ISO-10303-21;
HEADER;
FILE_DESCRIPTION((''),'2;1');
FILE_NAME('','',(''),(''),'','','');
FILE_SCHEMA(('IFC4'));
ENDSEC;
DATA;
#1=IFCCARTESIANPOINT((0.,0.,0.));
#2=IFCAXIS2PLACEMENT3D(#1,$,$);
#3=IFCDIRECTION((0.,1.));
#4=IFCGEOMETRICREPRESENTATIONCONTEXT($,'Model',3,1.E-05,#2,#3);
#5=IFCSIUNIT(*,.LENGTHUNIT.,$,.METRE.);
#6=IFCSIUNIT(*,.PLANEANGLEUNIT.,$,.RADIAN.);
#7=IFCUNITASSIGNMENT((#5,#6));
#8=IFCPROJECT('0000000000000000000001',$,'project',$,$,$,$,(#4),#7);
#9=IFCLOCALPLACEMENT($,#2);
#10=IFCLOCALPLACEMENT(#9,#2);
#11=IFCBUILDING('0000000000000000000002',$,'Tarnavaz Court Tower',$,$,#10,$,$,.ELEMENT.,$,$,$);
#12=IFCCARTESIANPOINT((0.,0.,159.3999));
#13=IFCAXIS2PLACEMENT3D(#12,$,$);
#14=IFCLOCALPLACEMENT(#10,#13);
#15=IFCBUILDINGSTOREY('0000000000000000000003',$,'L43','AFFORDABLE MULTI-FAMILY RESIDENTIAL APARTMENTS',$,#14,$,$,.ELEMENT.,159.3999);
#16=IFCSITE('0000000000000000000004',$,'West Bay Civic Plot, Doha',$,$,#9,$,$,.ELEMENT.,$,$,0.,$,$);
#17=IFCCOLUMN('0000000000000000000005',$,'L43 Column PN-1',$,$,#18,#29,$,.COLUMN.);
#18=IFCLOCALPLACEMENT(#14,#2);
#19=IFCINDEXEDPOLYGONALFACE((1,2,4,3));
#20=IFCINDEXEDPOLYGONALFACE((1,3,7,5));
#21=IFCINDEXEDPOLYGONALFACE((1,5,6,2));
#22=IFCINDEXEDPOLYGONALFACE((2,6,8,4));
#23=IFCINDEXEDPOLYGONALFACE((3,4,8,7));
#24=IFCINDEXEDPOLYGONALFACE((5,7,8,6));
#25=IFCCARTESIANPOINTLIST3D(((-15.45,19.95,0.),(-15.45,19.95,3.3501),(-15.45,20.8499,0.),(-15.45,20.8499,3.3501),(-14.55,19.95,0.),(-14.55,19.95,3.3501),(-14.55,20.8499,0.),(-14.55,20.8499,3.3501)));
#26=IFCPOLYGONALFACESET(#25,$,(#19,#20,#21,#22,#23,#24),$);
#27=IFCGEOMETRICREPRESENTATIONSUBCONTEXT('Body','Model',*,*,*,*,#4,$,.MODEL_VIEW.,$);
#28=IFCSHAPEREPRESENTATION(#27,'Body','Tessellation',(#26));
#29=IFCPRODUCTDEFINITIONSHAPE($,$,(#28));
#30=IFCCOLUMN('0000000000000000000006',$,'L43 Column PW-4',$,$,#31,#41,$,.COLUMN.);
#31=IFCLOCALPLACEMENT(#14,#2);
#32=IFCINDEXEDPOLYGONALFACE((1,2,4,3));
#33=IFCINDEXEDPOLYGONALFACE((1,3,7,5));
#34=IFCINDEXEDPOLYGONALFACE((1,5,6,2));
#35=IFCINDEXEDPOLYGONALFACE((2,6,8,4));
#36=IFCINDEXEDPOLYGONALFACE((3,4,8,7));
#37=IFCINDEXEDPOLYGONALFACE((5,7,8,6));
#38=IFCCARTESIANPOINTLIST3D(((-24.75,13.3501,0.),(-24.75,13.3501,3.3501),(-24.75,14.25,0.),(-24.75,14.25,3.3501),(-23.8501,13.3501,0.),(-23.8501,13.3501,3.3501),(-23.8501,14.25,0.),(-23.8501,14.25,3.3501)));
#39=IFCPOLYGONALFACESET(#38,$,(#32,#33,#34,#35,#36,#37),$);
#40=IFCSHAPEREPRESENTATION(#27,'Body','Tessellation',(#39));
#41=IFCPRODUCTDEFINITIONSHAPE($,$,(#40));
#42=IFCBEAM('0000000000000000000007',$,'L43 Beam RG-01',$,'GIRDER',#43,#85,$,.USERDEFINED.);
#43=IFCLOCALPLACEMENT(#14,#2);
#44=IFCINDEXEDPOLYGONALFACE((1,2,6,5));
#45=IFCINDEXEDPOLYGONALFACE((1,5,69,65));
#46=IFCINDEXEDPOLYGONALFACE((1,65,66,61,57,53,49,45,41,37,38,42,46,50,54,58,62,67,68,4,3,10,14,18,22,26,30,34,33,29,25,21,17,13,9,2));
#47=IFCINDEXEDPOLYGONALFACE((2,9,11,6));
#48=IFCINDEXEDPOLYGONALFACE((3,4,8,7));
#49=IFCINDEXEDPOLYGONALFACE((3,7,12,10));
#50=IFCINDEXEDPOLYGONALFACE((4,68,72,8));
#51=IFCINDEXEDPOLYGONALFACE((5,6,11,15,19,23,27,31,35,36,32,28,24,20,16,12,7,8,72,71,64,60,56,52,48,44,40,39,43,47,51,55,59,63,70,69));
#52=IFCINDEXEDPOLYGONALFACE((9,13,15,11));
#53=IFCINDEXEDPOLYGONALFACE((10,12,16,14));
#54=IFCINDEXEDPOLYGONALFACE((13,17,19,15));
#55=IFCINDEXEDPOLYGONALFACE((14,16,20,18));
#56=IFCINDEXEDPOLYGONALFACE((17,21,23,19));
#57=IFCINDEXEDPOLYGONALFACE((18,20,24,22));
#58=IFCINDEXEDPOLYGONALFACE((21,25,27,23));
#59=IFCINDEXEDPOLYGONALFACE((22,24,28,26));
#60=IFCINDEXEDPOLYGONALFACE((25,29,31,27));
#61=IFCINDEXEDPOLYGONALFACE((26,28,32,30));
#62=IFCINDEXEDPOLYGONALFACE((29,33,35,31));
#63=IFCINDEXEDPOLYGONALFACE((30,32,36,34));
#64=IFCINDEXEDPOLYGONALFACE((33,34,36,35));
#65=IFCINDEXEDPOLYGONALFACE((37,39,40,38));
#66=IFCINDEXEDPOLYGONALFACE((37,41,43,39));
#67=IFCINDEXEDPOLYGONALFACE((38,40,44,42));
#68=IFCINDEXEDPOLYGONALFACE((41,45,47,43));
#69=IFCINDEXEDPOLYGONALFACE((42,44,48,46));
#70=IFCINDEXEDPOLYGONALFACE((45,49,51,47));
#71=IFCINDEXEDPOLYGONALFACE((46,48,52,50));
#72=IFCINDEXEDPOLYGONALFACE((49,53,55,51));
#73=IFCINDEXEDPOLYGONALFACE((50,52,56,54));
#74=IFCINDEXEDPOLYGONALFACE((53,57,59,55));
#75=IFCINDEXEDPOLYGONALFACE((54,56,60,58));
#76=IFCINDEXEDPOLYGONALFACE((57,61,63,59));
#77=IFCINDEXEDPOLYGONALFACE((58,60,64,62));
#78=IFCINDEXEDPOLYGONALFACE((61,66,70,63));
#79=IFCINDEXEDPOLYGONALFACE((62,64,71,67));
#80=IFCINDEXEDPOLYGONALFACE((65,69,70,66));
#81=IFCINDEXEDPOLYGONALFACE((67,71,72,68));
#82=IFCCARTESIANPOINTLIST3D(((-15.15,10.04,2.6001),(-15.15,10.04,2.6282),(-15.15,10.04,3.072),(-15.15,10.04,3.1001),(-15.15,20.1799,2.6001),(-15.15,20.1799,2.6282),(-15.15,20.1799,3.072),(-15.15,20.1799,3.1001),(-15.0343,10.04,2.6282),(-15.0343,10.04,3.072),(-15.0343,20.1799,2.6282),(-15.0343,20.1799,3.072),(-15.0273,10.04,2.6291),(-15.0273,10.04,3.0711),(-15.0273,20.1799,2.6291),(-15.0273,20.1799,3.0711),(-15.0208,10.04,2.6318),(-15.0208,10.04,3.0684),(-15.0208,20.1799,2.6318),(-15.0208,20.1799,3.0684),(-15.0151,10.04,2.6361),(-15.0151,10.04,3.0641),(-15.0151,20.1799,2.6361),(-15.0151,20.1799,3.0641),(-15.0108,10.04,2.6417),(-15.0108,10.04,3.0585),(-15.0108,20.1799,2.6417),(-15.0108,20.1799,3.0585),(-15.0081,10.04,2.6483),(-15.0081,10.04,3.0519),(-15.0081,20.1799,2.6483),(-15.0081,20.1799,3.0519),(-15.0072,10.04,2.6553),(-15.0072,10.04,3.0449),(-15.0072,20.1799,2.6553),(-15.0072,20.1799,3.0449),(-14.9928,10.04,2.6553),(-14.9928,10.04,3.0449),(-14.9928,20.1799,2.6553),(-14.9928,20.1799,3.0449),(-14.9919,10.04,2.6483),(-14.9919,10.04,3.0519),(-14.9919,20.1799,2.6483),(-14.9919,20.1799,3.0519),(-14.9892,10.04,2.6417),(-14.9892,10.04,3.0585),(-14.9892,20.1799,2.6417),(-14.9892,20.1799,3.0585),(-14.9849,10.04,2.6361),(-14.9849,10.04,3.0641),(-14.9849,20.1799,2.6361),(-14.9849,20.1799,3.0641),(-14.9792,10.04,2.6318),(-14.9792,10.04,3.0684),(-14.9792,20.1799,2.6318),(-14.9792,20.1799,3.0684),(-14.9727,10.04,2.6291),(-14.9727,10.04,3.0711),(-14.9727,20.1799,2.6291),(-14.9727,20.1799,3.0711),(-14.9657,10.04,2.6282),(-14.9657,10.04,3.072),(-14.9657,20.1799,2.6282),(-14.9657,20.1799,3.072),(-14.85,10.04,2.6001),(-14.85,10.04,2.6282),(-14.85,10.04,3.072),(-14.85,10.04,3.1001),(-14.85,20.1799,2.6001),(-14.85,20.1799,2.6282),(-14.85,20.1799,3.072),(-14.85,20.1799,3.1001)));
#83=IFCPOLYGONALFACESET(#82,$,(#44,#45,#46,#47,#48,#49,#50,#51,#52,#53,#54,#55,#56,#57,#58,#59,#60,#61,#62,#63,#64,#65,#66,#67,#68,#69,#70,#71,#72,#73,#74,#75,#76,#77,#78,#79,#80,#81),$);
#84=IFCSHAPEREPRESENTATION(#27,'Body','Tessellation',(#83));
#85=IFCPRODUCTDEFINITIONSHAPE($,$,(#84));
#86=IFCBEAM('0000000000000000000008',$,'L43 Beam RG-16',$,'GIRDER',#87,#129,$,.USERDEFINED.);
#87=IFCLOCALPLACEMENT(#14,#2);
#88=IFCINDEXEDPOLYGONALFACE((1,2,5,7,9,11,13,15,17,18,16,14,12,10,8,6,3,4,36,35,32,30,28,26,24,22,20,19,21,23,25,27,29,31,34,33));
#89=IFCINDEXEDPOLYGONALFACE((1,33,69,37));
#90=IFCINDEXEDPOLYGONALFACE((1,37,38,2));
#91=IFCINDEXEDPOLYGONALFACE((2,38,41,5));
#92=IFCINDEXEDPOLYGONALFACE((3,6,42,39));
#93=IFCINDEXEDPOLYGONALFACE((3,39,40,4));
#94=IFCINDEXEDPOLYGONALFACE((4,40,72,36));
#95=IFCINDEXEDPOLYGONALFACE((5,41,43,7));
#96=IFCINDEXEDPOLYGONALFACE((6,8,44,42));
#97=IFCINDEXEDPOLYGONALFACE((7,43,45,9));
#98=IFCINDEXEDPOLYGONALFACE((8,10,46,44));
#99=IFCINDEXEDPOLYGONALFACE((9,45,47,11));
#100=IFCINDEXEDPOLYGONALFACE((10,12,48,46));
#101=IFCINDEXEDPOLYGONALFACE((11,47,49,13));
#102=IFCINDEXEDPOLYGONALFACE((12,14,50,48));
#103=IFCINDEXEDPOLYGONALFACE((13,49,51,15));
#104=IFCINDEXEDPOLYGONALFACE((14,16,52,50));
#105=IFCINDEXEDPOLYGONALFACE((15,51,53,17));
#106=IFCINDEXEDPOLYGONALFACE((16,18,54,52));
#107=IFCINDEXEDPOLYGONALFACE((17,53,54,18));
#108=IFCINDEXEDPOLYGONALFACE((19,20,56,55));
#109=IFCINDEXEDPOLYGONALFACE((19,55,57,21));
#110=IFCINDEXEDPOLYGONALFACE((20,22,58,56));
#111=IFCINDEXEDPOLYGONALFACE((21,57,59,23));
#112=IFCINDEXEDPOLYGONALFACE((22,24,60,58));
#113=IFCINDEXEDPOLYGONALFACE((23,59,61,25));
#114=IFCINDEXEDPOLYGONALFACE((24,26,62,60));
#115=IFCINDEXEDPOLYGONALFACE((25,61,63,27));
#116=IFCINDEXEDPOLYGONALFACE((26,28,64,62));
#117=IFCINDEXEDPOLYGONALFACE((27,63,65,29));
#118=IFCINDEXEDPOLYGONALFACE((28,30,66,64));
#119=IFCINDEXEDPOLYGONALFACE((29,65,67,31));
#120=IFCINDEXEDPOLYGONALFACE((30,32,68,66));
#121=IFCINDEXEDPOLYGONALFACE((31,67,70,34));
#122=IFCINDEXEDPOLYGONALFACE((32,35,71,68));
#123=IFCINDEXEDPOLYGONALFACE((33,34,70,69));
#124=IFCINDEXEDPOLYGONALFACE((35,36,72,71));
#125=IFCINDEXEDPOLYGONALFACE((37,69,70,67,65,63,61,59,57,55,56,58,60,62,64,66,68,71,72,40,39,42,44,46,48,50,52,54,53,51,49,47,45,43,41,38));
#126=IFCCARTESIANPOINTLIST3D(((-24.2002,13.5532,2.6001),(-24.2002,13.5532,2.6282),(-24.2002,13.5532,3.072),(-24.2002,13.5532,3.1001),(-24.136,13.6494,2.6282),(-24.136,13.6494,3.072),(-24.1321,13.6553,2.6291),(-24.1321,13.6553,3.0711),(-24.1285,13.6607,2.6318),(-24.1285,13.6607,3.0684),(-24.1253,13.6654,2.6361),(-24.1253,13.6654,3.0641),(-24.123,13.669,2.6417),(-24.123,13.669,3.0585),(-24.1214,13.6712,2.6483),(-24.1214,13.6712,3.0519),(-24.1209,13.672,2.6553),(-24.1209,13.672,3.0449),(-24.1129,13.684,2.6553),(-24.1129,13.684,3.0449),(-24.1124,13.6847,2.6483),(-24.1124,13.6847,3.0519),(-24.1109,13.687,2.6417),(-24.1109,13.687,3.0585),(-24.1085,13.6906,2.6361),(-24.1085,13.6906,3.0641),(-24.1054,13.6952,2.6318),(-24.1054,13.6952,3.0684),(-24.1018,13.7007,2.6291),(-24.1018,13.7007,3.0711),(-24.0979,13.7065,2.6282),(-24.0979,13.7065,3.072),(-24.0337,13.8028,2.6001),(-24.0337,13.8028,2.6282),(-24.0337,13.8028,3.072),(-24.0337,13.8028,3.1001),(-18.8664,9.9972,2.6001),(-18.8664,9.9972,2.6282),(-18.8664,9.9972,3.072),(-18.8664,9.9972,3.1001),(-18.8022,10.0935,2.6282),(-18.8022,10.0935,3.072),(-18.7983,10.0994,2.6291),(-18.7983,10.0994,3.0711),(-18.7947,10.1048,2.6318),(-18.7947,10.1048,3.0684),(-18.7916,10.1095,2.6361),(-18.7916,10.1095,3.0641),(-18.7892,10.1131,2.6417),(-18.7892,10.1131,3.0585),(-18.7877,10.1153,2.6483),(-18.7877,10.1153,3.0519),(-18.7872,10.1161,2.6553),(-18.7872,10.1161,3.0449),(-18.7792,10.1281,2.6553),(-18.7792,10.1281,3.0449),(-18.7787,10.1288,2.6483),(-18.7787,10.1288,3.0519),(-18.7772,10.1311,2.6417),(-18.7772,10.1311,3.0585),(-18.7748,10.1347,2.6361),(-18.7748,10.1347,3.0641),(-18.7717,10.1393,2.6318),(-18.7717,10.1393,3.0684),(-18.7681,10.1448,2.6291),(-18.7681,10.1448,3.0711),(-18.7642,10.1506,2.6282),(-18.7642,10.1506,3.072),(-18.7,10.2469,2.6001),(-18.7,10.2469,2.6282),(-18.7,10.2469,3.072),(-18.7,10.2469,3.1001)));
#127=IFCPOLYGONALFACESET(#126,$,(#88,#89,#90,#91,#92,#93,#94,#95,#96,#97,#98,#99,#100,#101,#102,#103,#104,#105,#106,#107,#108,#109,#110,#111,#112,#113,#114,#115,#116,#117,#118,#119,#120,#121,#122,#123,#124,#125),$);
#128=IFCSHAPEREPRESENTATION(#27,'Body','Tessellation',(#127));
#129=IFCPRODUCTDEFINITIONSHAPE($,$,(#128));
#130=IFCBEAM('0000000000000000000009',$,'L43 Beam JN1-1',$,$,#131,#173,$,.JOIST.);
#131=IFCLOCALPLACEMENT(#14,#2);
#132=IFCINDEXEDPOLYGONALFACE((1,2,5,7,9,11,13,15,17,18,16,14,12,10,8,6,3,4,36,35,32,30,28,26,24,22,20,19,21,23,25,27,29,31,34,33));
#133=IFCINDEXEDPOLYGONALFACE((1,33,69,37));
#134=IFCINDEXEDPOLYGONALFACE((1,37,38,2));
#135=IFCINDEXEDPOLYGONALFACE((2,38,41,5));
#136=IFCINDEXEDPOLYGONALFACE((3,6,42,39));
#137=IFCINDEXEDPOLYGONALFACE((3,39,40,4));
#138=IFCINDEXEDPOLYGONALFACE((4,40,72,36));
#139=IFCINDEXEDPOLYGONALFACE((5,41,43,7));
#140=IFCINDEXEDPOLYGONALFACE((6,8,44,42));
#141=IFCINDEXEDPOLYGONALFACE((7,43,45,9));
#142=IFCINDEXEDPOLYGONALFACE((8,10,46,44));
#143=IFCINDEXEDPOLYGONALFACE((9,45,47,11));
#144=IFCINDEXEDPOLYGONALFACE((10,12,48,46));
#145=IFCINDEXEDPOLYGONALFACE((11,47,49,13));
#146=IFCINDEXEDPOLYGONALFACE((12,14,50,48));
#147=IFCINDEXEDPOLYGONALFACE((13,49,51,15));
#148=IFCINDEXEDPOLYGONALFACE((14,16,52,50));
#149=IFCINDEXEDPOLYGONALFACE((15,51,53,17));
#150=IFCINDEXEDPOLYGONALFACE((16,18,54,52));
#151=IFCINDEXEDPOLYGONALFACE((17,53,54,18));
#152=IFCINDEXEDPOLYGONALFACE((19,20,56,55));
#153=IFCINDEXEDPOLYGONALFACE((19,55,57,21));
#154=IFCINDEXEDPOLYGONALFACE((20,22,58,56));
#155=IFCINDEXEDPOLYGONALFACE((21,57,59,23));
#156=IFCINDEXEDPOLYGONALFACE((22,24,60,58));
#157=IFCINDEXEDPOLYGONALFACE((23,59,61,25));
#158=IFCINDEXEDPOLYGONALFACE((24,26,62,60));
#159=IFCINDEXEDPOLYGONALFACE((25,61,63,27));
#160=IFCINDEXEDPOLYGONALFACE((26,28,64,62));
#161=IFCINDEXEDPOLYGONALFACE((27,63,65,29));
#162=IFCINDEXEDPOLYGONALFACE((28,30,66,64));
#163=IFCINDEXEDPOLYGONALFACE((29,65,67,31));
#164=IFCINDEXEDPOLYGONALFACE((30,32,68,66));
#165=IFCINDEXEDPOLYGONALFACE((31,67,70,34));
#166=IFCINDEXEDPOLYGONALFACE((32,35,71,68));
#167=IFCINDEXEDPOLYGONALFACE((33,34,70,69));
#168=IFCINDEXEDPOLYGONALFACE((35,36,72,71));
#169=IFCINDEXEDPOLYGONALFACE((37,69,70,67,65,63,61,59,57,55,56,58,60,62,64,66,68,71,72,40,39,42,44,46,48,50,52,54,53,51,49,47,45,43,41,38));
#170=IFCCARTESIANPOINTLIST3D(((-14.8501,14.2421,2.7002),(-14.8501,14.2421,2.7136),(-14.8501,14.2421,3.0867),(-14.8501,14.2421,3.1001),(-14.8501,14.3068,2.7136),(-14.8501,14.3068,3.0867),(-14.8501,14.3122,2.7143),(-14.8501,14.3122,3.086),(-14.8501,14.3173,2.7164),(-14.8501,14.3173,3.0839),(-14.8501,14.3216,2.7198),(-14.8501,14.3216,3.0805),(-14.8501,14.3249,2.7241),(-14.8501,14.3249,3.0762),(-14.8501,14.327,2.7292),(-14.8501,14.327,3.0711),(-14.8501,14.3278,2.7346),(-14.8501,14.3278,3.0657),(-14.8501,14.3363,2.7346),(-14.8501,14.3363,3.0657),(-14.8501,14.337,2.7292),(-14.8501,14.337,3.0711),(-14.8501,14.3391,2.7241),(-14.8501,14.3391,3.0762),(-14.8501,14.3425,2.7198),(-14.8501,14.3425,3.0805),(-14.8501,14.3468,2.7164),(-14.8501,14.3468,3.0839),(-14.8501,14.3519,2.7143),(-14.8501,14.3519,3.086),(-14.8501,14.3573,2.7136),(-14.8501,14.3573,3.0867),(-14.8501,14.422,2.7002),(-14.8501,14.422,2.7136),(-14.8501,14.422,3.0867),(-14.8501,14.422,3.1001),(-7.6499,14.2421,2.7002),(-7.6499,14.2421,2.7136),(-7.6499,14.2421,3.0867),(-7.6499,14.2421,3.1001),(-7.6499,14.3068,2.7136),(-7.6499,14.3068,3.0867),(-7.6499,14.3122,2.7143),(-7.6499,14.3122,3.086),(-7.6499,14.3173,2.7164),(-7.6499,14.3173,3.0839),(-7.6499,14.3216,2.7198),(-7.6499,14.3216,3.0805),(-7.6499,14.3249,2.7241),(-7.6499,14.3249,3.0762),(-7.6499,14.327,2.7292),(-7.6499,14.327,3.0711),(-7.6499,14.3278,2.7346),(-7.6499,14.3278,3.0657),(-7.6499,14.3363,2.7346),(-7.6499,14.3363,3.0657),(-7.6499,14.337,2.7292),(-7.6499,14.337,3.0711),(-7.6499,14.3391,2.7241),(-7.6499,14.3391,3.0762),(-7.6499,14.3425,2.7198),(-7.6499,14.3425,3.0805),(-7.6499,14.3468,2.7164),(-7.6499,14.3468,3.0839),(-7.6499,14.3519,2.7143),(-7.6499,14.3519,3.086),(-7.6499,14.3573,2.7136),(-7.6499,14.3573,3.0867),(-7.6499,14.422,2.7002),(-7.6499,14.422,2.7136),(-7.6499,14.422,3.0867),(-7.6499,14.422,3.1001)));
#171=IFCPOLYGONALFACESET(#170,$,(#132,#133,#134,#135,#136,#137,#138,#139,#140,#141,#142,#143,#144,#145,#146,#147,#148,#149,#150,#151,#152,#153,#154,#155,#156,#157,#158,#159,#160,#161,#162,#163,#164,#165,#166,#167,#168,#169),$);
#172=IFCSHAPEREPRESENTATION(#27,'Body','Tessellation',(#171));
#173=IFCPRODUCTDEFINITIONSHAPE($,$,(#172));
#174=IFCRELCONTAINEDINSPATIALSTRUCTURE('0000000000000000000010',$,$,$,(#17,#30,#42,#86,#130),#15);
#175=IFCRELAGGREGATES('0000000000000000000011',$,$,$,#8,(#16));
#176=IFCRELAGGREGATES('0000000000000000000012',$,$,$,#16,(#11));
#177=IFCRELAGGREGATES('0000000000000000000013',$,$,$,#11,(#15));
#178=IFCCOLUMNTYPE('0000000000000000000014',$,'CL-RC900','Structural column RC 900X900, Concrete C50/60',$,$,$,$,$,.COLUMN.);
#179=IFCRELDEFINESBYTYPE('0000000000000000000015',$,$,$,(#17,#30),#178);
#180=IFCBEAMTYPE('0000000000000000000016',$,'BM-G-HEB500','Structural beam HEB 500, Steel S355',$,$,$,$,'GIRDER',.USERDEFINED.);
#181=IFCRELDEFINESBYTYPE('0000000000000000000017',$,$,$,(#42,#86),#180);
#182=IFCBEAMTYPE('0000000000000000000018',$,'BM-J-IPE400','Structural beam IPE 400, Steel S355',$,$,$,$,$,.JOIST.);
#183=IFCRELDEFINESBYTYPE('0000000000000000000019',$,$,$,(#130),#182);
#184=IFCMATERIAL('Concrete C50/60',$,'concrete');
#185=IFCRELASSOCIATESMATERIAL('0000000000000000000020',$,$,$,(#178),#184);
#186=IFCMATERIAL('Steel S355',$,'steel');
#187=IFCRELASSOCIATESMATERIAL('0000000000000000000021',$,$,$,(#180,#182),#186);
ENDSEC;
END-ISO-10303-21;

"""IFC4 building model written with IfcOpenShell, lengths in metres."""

from ifc_helpers import new_model, si_unit, direction, frame, origin, origin_2d, place, context, subcontext, project, spatial, rectangle, i_section, extrude, material, material_profile, profile_set, type_object, element, save


model = new_model("IFC4")

# Units and contexts
model_context = context("Model", 3, precision=1e-05, world=origin(), true_north=direction((0.0, 1.0)))
body_context = subcontext(model_context, "Body", "Model", "MODEL_VIEW")
ifc_project = project(units=[si_unit("LENGTHUNIT", "METRE"), si_unit("PLANEANGLEUNIT", "RADIAN")], contexts=[model_context])

# Site, building, storey
site_placement = place(None, origin())
site = spatial("IfcSite", under=ifc_project, at=site_placement, Name="West Bay Civic Plot, Doha", CompositionType="ELEMENT", RefElevation=0.0)
building_placement = place(site_placement, origin())
building = spatial("IfcBuilding", under=site, at=building_placement, Name="Tarnavaz Court Tower", CompositionType="ELEMENT")
storey_placement = place(building_placement, frame((0.0, 0.0, 159.3999)))
storey = spatial("IfcBuildingStorey", under=building, at=storey_placement, Name="L43", Description="AFFORDABLE MULTI-FAMILY RESIDENTIAL APARTMENTS", CompositionType="ELEMENT", Elevation=159.3999)

# Columns
ifc_material_1 = material(Name="Concrete C50/60", Category="concrete")
ifc_material_profile_1 = material_profile(ifc_material_1, rectangle(XDim=0.8999, YDim=0.8999, at=origin_2d()), Name="RC 900X900")
ifc_profile_set_1 = profile_set([ifc_material_profile_1], Name="Concrete C50/60")
column_type = type_object("IfcColumnType", Name="CL-RC900", Description="Structural column RC 900X900, Concrete C50/60", PredefinedType="COLUMN", material=ifc_profile_set_1)
for number, where, z_axis, x_axis, name in (
    (1, (-15.0, 20.3999, 0.0), (0.0, 0.0, 1.0), (1.0, 0.0, 0.0), "L43 Column PN-1"),
    (2, (-24.3, 13.8, 0.0), (0.0, 0.0, 1.0), (1.0, 0.0, 0.0), "L43 Column PW-4"),
):
    element("IfcColumn", number, at=place(storey_placement, frame(where, z_axis=z_axis, x_axis=x_axis)), inside=storey, type_object=column_type, Name=name, PredefinedType="COLUMN", context=body_context, shape_type="SweptSolid", body=[
        extrude(rectangle(XDim=0.8999, YDim=0.8999, at=origin_2d()), origin(), (0.0, 0.0, 1.0), 3.3501),
    ])

# Beams
ifc_material_2 = material(Name="Steel S355", Category="steel")
ifc_material_profile_2 = material_profile(ifc_material_2, i_section(OverallWidth=0.3, OverallDepth=0.5, WebThickness=0.0144, FlangeThickness=0.0281, FilletRadius=0.0271, at=origin_2d()), Name="HEB 500")
ifc_profile_set_2 = profile_set([ifc_material_profile_2], Name="Steel S355")
beam_type_1 = type_object("IfcBeamType", Name="BM-G-HEB500", Description="Structural beam HEB 500, Steel S355", ElementType="GIRDER", PredefinedType="USERDEFINED", material=ifc_profile_set_2)
beam_1_placement = place(storey_placement, frame((-15.0, 10.04, 2.8501), z_axis=(0.0, 1.0, 0.0), x_axis=(-1.0, 0.0, 0.0)))
element("IfcBeam", 3, at=beam_1_placement, inside=storey, type_object=beam_type_1, Name="L43 Beam RG-01", ObjectType="GIRDER", PredefinedType="USERDEFINED", context=body_context, shape_type="SweptSolid", body=[
    extrude(i_section(OverallWidth=0.3, OverallDepth=0.5, WebThickness=0.0144, FlangeThickness=0.0281, FilletRadius=0.0271, at=origin_2d()), origin(), (0.0, 0.0, 1.0), 10.1399),
])
beam_2_placement = place(storey_placement, frame((-18.7832, 10.1221, 2.8501), z_axis=(-0.832044, 0.554709, 0.0), x_axis=(-0.554709, -0.832044, 0.0)))
element("IfcBeam", 4, at=beam_2_placement, inside=storey, type_object=beam_type_1, Name="L43 Beam RG-16", ObjectType="GIRDER", PredefinedType="USERDEFINED", context=body_context, shape_type="SweptSolid", body=[
    extrude(i_section(OverallWidth=0.3, OverallDepth=0.5, WebThickness=0.0144, FlangeThickness=0.0281, FilletRadius=0.0271, at=origin_2d()), origin(), (0.0, 0.0, 1.0), 6.4104),
])
ifc_material_profile_3 = material_profile(ifc_material_2, i_section(OverallWidth=0.1799, OverallDepth=0.3999, WebThickness=0.0085, FlangeThickness=0.0134, FilletRadius=0.021, at=origin_2d()), Name="IPE 400")
ifc_profile_set_3 = profile_set([ifc_material_profile_3], Name="Steel S355")
beam_type_2 = type_object("IfcBeamType", Name="BM-J-IPE400", Description="Structural beam IPE 400, Steel S355", PredefinedType="JOIST", material=ifc_profile_set_3)
for number, where, z_axis, x_axis, name in (
    (5, (-14.8501, 14.332, 2.9001), (1.0, 0.0, 0.0), (0.0, 1.0, 0.0), "L43 Beam JN1-1"),
):
    element("IfcBeam", number, at=place(storey_placement, frame(where, z_axis=z_axis, x_axis=x_axis)), inside=storey, type_object=beam_type_2, Name=name, PredefinedType="JOIST", context=body_context, shape_type="SweptSolid", body=[
        extrude(i_section(OverallWidth=0.1799, OverallDepth=0.3999, WebThickness=0.0085, FlangeThickness=0.0134, FilletRadius=0.021, at=origin_2d()), origin(), (0.0, 0.0, 1.0), 7.2002),
    ])

save(model, "model.ifc")
